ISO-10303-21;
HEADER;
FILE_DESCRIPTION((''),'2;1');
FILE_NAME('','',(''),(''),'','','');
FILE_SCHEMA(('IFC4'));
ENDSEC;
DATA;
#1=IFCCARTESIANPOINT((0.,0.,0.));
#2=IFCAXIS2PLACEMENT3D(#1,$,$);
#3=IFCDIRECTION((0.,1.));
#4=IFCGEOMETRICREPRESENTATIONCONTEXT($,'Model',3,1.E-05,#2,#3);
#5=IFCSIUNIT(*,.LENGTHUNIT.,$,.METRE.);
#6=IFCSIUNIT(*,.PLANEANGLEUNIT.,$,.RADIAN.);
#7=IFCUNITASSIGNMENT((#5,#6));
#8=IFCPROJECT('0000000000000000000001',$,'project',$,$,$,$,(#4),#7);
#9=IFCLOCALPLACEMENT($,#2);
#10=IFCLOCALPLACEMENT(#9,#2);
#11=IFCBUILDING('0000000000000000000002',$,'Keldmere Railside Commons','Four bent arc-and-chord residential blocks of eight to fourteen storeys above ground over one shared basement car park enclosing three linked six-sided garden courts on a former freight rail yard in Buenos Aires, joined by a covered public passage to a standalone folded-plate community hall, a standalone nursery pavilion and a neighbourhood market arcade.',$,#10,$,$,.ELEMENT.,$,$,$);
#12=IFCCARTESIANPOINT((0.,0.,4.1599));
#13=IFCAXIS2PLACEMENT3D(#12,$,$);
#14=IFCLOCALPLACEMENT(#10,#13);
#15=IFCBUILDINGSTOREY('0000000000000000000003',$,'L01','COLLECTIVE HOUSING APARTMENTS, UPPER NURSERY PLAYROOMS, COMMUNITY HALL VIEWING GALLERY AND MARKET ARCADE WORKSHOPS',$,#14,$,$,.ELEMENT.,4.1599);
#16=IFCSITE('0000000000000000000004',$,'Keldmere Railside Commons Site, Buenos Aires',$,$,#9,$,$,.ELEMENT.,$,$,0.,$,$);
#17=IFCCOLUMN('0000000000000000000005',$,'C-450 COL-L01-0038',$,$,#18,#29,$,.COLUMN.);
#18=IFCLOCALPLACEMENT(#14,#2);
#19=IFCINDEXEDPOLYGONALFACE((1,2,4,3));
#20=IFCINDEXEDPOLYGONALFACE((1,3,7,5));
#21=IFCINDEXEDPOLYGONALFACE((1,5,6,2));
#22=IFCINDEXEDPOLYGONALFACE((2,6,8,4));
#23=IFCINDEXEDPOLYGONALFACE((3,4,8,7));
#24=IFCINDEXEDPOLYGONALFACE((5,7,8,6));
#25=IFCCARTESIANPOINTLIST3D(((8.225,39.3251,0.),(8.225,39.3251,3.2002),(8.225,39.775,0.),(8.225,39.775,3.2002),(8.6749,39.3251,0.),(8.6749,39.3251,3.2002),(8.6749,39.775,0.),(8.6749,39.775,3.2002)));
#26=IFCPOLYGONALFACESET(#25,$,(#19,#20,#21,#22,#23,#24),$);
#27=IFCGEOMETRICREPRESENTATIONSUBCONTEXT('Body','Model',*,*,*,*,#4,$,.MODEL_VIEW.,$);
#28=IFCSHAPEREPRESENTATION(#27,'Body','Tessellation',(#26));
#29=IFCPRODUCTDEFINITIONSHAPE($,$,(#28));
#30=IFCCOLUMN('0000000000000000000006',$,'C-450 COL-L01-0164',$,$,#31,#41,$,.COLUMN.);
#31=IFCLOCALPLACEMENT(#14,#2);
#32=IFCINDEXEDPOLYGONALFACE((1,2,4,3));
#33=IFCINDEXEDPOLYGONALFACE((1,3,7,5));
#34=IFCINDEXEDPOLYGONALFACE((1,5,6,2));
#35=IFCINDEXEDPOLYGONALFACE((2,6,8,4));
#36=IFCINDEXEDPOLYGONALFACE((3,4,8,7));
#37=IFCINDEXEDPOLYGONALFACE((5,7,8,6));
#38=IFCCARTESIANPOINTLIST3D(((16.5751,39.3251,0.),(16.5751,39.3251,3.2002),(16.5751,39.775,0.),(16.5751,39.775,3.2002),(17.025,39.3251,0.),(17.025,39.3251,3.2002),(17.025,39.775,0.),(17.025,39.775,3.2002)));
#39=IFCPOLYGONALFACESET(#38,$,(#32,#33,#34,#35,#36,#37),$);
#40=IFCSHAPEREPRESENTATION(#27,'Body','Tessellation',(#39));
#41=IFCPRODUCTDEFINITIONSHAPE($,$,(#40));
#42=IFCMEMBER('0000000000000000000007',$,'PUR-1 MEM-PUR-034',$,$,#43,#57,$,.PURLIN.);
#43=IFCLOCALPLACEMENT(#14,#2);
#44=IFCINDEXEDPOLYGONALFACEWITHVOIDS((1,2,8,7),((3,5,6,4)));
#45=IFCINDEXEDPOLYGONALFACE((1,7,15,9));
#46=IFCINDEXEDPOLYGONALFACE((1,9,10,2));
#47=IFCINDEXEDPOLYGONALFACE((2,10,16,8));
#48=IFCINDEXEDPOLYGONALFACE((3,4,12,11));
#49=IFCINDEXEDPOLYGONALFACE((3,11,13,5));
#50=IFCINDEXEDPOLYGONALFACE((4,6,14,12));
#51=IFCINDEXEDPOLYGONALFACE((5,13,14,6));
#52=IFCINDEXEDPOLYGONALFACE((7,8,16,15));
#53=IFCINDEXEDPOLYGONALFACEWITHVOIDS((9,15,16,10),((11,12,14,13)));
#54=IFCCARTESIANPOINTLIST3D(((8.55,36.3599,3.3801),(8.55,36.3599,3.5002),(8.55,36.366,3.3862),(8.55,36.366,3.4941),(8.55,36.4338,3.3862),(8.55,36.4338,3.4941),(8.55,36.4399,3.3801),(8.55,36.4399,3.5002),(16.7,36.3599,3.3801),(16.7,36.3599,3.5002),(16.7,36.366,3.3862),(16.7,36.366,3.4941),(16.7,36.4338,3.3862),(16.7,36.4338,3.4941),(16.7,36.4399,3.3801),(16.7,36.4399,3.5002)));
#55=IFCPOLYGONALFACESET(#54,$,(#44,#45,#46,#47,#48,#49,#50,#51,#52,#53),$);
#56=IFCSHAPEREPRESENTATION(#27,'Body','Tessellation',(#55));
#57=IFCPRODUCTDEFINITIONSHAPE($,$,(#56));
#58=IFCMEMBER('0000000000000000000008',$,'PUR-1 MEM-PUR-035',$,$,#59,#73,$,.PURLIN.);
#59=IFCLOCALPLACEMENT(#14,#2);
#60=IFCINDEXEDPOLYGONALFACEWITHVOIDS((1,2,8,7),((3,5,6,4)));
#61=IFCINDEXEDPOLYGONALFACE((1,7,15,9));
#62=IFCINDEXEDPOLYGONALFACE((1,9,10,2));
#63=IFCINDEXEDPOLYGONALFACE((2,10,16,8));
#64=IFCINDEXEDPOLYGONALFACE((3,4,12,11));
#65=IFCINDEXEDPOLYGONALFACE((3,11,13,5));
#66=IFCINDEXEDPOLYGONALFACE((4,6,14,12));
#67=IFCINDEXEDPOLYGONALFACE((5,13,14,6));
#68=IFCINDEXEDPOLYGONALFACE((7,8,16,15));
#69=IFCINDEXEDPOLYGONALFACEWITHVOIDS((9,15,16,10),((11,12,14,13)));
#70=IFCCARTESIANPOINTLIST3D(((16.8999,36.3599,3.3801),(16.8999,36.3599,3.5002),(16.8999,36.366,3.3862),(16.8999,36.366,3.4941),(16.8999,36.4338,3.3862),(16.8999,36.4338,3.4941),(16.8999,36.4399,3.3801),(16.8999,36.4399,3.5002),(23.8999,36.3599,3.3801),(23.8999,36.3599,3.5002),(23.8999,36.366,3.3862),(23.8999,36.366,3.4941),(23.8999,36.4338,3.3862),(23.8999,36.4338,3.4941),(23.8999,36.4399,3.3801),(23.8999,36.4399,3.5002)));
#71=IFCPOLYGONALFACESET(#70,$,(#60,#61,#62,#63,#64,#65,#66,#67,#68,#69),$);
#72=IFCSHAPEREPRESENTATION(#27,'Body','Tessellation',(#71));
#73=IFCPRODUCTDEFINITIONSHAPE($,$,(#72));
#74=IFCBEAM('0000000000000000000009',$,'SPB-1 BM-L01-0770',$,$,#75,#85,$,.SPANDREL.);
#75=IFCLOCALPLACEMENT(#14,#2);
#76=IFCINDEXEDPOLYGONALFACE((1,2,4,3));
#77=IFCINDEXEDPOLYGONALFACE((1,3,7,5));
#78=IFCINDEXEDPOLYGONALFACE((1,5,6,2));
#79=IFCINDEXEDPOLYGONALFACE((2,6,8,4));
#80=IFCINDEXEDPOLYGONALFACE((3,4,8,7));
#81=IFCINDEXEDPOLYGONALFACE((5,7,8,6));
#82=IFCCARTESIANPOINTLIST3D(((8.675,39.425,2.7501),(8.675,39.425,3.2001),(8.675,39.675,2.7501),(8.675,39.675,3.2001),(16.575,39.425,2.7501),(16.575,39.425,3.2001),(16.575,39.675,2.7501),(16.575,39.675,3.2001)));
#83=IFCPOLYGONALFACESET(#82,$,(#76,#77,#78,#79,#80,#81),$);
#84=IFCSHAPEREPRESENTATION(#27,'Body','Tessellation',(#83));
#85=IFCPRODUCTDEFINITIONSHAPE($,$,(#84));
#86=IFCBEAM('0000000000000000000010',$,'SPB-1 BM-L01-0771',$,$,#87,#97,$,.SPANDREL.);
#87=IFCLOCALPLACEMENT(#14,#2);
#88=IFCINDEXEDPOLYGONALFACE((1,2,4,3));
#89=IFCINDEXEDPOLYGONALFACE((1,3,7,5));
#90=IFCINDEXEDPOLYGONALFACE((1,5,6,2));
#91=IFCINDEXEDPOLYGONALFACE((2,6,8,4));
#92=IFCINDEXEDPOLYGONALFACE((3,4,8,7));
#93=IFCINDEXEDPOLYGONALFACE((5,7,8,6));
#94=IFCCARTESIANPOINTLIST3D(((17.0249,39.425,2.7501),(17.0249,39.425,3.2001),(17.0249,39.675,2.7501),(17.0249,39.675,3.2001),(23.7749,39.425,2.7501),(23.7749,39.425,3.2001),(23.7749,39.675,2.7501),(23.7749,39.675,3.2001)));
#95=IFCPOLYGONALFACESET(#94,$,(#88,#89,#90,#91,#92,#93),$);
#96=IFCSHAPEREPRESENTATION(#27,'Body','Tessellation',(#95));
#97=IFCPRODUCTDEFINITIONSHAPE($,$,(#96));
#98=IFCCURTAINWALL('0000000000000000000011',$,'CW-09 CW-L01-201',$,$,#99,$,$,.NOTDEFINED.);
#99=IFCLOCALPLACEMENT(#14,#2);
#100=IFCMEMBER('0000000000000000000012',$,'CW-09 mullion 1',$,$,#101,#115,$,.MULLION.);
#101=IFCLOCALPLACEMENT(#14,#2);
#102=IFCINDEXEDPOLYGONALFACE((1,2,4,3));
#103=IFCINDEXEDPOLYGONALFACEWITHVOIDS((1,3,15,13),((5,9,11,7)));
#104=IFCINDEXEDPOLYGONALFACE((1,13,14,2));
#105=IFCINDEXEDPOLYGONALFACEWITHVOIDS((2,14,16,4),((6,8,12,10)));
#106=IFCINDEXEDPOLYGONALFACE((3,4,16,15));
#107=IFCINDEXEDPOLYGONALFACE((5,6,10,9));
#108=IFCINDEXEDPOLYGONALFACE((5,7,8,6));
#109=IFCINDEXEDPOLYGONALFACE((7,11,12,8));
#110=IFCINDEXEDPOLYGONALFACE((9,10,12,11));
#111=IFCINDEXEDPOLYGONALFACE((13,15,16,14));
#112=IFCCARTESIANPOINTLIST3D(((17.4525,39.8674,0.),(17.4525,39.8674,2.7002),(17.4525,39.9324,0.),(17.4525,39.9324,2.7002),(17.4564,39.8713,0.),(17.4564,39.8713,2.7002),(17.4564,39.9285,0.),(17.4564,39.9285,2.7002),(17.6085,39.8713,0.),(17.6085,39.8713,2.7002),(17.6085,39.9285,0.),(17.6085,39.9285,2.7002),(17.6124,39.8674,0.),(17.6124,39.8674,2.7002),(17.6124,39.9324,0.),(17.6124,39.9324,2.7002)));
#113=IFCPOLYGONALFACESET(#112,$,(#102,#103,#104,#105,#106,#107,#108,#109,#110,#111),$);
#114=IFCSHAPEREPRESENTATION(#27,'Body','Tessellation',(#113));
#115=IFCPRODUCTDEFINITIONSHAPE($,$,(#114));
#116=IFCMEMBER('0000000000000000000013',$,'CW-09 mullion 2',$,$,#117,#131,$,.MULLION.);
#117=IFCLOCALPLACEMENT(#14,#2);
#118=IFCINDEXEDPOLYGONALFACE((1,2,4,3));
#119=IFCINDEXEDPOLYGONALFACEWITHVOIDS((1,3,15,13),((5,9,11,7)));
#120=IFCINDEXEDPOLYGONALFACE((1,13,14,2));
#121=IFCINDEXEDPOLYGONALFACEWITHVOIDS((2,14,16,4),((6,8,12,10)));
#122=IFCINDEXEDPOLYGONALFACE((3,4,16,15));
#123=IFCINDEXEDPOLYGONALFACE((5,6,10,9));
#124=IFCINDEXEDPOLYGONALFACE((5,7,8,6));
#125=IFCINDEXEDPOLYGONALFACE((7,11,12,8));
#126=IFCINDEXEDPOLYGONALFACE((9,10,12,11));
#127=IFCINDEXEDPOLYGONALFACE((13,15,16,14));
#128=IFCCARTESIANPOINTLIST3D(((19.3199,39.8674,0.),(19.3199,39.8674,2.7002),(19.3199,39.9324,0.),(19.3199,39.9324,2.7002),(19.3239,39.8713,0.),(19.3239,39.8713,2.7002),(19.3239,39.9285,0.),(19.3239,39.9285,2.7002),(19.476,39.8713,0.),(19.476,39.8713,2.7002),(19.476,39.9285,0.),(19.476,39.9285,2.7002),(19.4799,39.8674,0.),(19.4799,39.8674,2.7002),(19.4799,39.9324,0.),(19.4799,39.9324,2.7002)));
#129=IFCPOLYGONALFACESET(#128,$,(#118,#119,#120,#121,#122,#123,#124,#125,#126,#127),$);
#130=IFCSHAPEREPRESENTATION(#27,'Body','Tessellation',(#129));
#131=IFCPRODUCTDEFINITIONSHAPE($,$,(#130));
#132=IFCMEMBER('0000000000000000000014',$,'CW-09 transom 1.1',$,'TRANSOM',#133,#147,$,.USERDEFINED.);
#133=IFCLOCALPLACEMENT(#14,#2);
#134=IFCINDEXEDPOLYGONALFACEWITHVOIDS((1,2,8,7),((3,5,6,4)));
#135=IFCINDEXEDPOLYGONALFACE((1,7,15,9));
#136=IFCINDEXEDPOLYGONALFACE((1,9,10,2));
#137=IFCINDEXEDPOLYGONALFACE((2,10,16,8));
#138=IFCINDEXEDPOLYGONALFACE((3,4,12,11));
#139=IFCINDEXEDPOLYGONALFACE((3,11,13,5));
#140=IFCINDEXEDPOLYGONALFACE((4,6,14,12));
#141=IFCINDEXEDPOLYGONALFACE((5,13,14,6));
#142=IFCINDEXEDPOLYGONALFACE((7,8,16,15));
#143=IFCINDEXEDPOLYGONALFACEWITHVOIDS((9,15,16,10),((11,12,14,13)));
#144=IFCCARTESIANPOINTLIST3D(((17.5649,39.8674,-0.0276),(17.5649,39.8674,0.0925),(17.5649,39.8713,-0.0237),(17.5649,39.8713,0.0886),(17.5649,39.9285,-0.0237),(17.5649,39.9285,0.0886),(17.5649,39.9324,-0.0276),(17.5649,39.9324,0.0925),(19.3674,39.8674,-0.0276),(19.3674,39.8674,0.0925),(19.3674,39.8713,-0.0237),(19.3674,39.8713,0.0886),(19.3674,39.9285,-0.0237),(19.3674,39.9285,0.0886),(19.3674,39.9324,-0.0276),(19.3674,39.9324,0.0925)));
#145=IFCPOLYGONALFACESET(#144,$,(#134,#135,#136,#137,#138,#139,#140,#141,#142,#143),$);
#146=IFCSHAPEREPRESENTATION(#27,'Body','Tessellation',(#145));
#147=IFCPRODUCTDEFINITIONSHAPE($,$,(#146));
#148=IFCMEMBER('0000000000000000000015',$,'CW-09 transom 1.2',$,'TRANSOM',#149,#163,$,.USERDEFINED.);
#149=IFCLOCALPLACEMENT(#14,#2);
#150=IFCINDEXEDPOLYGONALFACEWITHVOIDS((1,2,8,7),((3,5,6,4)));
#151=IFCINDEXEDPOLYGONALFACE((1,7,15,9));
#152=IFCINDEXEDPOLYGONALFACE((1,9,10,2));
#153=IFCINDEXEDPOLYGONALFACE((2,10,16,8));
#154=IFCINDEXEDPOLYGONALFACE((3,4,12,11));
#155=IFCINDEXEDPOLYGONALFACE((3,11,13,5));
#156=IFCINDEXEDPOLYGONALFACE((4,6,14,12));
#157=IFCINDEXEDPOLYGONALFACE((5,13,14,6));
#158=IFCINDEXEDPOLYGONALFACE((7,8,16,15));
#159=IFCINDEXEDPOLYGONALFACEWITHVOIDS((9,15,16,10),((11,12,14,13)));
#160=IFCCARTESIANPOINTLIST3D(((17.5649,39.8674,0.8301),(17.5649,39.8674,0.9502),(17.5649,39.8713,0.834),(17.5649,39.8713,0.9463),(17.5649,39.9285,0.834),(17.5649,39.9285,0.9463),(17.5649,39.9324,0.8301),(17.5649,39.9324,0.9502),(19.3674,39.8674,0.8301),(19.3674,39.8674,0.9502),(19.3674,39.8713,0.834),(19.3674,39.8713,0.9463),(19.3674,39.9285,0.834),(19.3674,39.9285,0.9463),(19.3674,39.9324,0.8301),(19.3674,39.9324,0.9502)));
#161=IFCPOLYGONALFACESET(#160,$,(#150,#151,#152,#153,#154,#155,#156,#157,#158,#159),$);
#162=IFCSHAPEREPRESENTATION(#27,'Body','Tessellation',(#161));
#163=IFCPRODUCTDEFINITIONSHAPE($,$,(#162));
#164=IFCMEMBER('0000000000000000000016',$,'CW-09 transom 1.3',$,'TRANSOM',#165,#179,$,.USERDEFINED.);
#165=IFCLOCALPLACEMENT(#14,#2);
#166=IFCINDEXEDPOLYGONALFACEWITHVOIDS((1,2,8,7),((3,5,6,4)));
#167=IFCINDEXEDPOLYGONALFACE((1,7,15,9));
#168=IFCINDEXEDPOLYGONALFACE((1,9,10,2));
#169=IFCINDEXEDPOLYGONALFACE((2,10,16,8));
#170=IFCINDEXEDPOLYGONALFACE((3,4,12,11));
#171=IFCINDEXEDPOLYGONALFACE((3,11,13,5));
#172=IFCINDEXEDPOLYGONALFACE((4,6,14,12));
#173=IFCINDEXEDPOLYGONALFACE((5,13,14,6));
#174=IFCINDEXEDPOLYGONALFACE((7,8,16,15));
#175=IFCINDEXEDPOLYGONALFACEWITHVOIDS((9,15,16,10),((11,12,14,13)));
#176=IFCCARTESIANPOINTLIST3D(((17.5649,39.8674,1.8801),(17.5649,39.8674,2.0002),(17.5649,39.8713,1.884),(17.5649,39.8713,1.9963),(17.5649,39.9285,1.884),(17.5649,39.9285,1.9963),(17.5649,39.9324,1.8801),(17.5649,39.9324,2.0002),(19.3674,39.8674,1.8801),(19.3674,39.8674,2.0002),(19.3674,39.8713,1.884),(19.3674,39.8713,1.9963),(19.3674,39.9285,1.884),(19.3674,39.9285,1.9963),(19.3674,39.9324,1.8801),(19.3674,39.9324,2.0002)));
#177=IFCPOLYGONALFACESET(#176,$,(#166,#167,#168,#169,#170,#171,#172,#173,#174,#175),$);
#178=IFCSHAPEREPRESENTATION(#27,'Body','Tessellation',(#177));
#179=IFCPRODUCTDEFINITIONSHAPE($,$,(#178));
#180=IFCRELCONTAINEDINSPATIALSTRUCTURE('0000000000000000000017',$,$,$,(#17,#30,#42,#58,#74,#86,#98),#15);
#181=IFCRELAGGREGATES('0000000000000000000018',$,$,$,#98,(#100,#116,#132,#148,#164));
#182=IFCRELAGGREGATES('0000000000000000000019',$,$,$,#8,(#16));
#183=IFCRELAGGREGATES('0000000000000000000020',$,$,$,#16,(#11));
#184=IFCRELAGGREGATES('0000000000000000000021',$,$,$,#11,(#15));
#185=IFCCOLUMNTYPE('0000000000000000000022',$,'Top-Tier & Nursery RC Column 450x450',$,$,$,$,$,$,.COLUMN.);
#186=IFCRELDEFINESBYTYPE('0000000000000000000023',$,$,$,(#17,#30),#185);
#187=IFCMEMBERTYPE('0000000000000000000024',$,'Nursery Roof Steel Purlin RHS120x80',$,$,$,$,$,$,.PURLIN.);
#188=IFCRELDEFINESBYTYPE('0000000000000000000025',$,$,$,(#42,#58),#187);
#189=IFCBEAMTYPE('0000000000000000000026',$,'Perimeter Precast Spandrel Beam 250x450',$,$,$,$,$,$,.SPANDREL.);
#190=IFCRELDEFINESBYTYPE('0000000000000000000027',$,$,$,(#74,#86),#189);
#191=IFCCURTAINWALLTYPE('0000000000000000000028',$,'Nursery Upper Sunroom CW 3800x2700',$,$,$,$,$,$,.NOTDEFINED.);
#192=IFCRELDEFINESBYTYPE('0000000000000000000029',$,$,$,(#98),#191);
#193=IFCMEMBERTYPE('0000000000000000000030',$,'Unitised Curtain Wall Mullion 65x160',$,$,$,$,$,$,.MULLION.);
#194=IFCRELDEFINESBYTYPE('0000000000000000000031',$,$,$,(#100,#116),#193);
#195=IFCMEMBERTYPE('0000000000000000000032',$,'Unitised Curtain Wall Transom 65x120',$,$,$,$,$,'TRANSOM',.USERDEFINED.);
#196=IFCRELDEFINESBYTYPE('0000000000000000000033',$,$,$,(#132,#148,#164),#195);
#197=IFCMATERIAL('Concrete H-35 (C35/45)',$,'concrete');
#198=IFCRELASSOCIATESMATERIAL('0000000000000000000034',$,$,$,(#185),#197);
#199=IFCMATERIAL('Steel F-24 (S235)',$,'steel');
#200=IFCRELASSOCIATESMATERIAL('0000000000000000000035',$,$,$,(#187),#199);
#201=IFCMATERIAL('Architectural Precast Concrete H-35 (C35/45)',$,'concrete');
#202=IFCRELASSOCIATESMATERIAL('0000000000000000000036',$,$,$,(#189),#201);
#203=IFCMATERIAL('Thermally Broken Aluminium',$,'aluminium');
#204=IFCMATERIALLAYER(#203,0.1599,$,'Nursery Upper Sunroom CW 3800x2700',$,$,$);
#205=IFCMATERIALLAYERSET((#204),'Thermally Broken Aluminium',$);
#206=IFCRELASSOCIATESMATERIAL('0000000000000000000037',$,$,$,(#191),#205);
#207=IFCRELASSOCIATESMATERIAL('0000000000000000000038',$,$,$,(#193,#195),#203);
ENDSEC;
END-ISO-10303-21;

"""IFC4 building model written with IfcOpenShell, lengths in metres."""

from ifc_helpers import new_model, si_unit, direction, frame, origin, origin_2d, place, context, subcontext, project, spatial, rectangle, hollow_rectangle, extrude, material, layer, layer_set, material_profile, profile_set, type_object, element, aggregate, save


model = new_model("IFC4")

# Units and contexts
model_context = context("Model", 3, precision=1e-05, world=origin(), true_north=direction((0.0, 1.0)))
body_context = subcontext(model_context, "Body", "Model", "MODEL_VIEW")
ifc_project = project(units=[si_unit("LENGTHUNIT", "METRE"), si_unit("PLANEANGLEUNIT", "RADIAN")], contexts=[model_context])

# Site, building, storey
site_placement = place(None, origin())
site = spatial("IfcSite", under=ifc_project, at=site_placement, Name="Keldmere Railside Commons Site, Buenos Aires", CompositionType="ELEMENT", RefElevation=0.0)
building_placement = place(site_placement, origin())
building = spatial("IfcBuilding", under=site, at=building_placement, Name="Keldmere Railside Commons", Description="Four bent arc-and-chord residential blocks of eight to fourteen storeys above ground over one shared basement car park enclosing three linked six-sided garden courts on a former freight rail yard in Buenos Aires, joined by a covered public passage to a standalone folded-plate community hall, a standalone nursery pavilion and a neighbourhood market arcade.", CompositionType="ELEMENT")
storey_placement = place(building_placement, frame((0.0, 0.0, 4.1599)))
storey = spatial("IfcBuildingStorey", under=building, at=storey_placement, Name="L01", Description="COLLECTIVE HOUSING APARTMENTS, UPPER NURSERY PLAYROOMS, COMMUNITY HALL VIEWING GALLERY AND MARKET ARCADE WORKSHOPS", CompositionType="ELEMENT", Elevation=4.1599)

# Columns
ifc_material_1 = material(Name="Concrete H-35 (C35/45)", Category="concrete")
ifc_material_profile_1 = material_profile(ifc_material_1, rectangle(XDim=0.45, YDim=0.45, at=origin_2d()), Name="RC-450x450")
ifc_profile_set_1 = profile_set([ifc_material_profile_1], Name="Concrete H-35 (C35/45)")
column_type = type_object("IfcColumnType", Name="Top-Tier & Nursery RC Column 450x450", PredefinedType="COLUMN", material=ifc_profile_set_1)
for number, where, z_axis, x_axis, name in (
    (1, (8.45, 39.55, 0.0), (0.0, 0.0, 1.0), (1.0, 0.0, 0.0), "C-450 COL-L01-0038"),
    (2, (16.8, 39.55, 0.0), (0.0, 0.0, 1.0), (1.0, 0.0, 0.0), "C-450 COL-L01-0164"),
):
    element("IfcColumn", number, at=place(storey_placement, frame(where, z_axis=z_axis, x_axis=x_axis)), inside=storey, type_object=column_type, Name=name, PredefinedType="COLUMN", context=body_context, shape_type="SweptSolid", body=[
        extrude(rectangle(XDim=0.45, YDim=0.45, at=origin_2d()), origin(), (0.0, 0.0, 1.0), 3.2002),
    ])

# Members
ifc_material_2 = material(Name="Steel F-24 (S235)", Category="steel")
ifc_material_profile_2 = material_profile(ifc_material_2, hollow_rectangle(XDim=0.0801, YDim=0.1201, WallThickness=0.0061, at=origin_2d()), Name="RHS-120x80x6")
ifc_profile_set_2 = profile_set([ifc_material_profile_2], Name="Steel F-24 (S235)")
member_type_1 = type_object("IfcMemberType", Name="Nursery Roof Steel Purlin RHS120x80", PredefinedType="PURLIN", material=ifc_profile_set_2)
member_1_placement = place(storey_placement, frame((8.55, 36.3999, 3.4402), z_axis=(1.0, 0.0, 0.0), x_axis=(0.0, 1.0, 0.0)))
element("IfcMember", 3, at=member_1_placement, inside=storey, type_object=member_type_1, Name="PUR-1 MEM-PUR-034", PredefinedType="PURLIN", context=body_context, shape_type="SweptSolid", body=[
    extrude(hollow_rectangle(XDim=0.0801, YDim=0.1201, WallThickness=0.0061, at=origin_2d()), origin(), (0.0, 0.0, 1.0), 8.1499),
])
member_2_placement = place(storey_placement, frame((16.8999, 36.3999, 3.4402), z_axis=(1.0, 0.0, 0.0), x_axis=(0.0, 1.0, 0.0)))
element("IfcMember", 4, at=member_2_placement, inside=storey, type_object=member_type_1, Name="PUR-1 MEM-PUR-035", PredefinedType="PURLIN", context=body_context, shape_type="SweptSolid", body=[
    extrude(hollow_rectangle(XDim=0.0801, YDim=0.1201, WallThickness=0.0061, at=origin_2d()), origin(), (0.0, 0.0, 1.0), 7.0),
])

# Beams
ifc_material_3 = material(Name="Architectural Precast Concrete H-35 (C35/45)", Category="concrete")
ifc_material_profile_3 = material_profile(ifc_material_3, rectangle(XDim=0.25, YDim=0.45, at=origin_2d()), Name="RC-250x450")
ifc_profile_set_3 = profile_set([ifc_material_profile_3], Name="Architectural Precast Concrete H-35 (C35/45)")
beam_type = type_object("IfcBeamType", Name="Perimeter Precast Spandrel Beam 250x450", PredefinedType="SPANDREL", material=ifc_profile_set_3)
beam_1_placement = place(storey_placement, frame((8.675, 39.55, 2.9751), z_axis=(1.0, 0.0, 0.0), x_axis=(0.0, 1.0, 0.0)))
element("IfcBeam", 5, at=beam_1_placement, inside=storey, type_object=beam_type, Name="SPB-1 BM-L01-0770", PredefinedType="SPANDREL", context=body_context, shape_type="SweptSolid", body=[
    extrude(rectangle(XDim=0.25, YDim=0.45, at=origin_2d()), origin(), (0.0, 0.0, 1.0), 7.8999),
])
beam_2_placement = place(storey_placement, frame((17.0249, 39.55, 2.9751), z_axis=(1.0, 0.0, 0.0), x_axis=(0.0, 1.0, 0.0)))
element("IfcBeam", 6, at=beam_2_placement, inside=storey, type_object=beam_type, Name="SPB-1 BM-L01-0771", PredefinedType="SPANDREL", context=body_context, shape_type="SweptSolid", body=[
    extrude(rectangle(XDim=0.25, YDim=0.45, at=origin_2d()), origin(), (0.0, 0.0, 1.0), 6.75),
])

# Curtain wall, members
ifc_material_4 = material(Name="Thermally Broken Aluminium", Category="aluminium")
ifc_layer_1 = layer(ifc_material_4, 0.1599, Name="Nursery Upper Sunroom CW 3800x2700")
ifc_layer_set_1 = layer_set([ifc_layer_1], Name="Thermally Broken Aluminium")
curtain_wall_type = type_object("IfcCurtainWallType", Name="Nursery Upper Sunroom CW 3800x2700", PredefinedType="NOTDEFINED", material=ifc_layer_set_1)
curtain_wall_placement = place(storey_placement, origin())
curtain_wall = element("IfcCurtainWall", 7, at=curtain_wall_placement, inside=storey, type_object=curtain_wall_type, Name="CW-09 CW-L01-201", PredefinedType="NOTDEFINED")
ifc_material_profile_4 = material_profile(ifc_material_4, hollow_rectangle(XDim=0.0649, YDim=0.1599, WallThickness=0.0039, at=origin_2d()), Name="ALU-MULL-65x160")
ifc_profile_set_4 = profile_set([ifc_material_profile_4], Name="Thermally Broken Aluminium")
member_type_2 = type_object("IfcMemberType", Name="Unitised Curtain Wall Mullion 65x160", PredefinedType="MULLION", material=ifc_profile_set_4)
member_3_placement = place(storey_placement, frame((17.5325, 39.8999, 0.0), z_axis=(0.0, 0.0, 1.0), x_axis=(0.0, 1.0, 0.0)))
member_3 = element("IfcMember", 8, at=member_3_placement, type_object=member_type_2, Name="CW-09 mullion 1", PredefinedType="MULLION", context=body_context, shape_type="SweptSolid", body=[
    extrude(hollow_rectangle(XDim=0.0649, YDim=0.1599, WallThickness=0.0039, at=origin_2d()), origin(), (0.0, 0.0, 1.0), 2.7002),
])
member_4_placement = place(storey_placement, frame((19.3999, 39.8999, 0.0), z_axis=(0.0, 0.0, 1.0), x_axis=(0.0, 1.0, 0.0)))
member_4 = element("IfcMember", 9, at=member_4_placement, type_object=member_type_2, Name="CW-09 mullion 2", PredefinedType="MULLION", context=body_context, shape_type="SweptSolid", body=[
    extrude(hollow_rectangle(XDim=0.0649, YDim=0.1599, WallThickness=0.0039, at=origin_2d()), origin(), (0.0, 0.0, 1.0), 2.7002),
])
ifc_material_profile_5 = material_profile(ifc_material_4, hollow_rectangle(XDim=0.0649, YDim=0.1201, WallThickness=0.0039, at=origin_2d()), Name="ALU-TRAN-65x120")
ifc_profile_set_5 = profile_set([ifc_material_profile_5], Name="Thermally Broken Aluminium")
member_type_3 = type_object("IfcMemberType", Name="Unitised Curtain Wall Transom 65x120", ElementType="TRANSOM", PredefinedType="USERDEFINED", material=ifc_profile_set_5)
member_5_placement = place(storey_placement, frame((17.5649, 39.8999, 0.0325), z_axis=(1.0, 0.0, 0.0), x_axis=(0.0, 1.0, 0.0)))
member_5 = element("IfcMember", 10, at=member_5_placement, type_object=member_type_3, Name="CW-09 transom 1.1", ObjectType="TRANSOM", PredefinedType="USERDEFINED", context=body_context, shape_type="SweptSolid", body=[
    extrude(hollow_rectangle(XDim=0.0649, YDim=0.1201, WallThickness=0.0039, at=origin_2d()), origin(), (0.0, 0.0, 1.0), 1.8025),
])
member_6_placement = place(storey_placement, frame((17.5649, 39.8999, 0.8901), z_axis=(1.0, 0.0, 0.0), x_axis=(0.0, 1.0, 0.0)))
member_6 = element("IfcMember", 11, at=member_6_placement, type_object=member_type_3, Name="CW-09 transom 1.2", ObjectType="TRANSOM", PredefinedType="USERDEFINED", context=body_context, shape_type="SweptSolid", body=[
    extrude(hollow_rectangle(XDim=0.0649, YDim=0.1201, WallThickness=0.0039, at=origin_2d()), origin(), (0.0, 0.0, 1.0), 1.8025),
])
member_7_placement = place(storey_placement, frame((17.5649, 39.8999, 1.9402), z_axis=(1.0, 0.0, 0.0), x_axis=(0.0, 1.0, 0.0)))
member_7 = element("IfcMember", 12, at=member_7_placement, type_object=member_type_3, Name="CW-09 transom 1.3", ObjectType="TRANSOM", PredefinedType="USERDEFINED", context=body_context, shape_type="SweptSolid", body=[
    extrude(hollow_rectangle(XDim=0.0649, YDim=0.1201, WallThickness=0.0039, at=origin_2d()), origin(), (0.0, 0.0, 1.0), 1.8025),
])
aggregate(curtain_wall, [member_3, member_4, member_5, member_6, member_7])

save(model, "model.ifc")
